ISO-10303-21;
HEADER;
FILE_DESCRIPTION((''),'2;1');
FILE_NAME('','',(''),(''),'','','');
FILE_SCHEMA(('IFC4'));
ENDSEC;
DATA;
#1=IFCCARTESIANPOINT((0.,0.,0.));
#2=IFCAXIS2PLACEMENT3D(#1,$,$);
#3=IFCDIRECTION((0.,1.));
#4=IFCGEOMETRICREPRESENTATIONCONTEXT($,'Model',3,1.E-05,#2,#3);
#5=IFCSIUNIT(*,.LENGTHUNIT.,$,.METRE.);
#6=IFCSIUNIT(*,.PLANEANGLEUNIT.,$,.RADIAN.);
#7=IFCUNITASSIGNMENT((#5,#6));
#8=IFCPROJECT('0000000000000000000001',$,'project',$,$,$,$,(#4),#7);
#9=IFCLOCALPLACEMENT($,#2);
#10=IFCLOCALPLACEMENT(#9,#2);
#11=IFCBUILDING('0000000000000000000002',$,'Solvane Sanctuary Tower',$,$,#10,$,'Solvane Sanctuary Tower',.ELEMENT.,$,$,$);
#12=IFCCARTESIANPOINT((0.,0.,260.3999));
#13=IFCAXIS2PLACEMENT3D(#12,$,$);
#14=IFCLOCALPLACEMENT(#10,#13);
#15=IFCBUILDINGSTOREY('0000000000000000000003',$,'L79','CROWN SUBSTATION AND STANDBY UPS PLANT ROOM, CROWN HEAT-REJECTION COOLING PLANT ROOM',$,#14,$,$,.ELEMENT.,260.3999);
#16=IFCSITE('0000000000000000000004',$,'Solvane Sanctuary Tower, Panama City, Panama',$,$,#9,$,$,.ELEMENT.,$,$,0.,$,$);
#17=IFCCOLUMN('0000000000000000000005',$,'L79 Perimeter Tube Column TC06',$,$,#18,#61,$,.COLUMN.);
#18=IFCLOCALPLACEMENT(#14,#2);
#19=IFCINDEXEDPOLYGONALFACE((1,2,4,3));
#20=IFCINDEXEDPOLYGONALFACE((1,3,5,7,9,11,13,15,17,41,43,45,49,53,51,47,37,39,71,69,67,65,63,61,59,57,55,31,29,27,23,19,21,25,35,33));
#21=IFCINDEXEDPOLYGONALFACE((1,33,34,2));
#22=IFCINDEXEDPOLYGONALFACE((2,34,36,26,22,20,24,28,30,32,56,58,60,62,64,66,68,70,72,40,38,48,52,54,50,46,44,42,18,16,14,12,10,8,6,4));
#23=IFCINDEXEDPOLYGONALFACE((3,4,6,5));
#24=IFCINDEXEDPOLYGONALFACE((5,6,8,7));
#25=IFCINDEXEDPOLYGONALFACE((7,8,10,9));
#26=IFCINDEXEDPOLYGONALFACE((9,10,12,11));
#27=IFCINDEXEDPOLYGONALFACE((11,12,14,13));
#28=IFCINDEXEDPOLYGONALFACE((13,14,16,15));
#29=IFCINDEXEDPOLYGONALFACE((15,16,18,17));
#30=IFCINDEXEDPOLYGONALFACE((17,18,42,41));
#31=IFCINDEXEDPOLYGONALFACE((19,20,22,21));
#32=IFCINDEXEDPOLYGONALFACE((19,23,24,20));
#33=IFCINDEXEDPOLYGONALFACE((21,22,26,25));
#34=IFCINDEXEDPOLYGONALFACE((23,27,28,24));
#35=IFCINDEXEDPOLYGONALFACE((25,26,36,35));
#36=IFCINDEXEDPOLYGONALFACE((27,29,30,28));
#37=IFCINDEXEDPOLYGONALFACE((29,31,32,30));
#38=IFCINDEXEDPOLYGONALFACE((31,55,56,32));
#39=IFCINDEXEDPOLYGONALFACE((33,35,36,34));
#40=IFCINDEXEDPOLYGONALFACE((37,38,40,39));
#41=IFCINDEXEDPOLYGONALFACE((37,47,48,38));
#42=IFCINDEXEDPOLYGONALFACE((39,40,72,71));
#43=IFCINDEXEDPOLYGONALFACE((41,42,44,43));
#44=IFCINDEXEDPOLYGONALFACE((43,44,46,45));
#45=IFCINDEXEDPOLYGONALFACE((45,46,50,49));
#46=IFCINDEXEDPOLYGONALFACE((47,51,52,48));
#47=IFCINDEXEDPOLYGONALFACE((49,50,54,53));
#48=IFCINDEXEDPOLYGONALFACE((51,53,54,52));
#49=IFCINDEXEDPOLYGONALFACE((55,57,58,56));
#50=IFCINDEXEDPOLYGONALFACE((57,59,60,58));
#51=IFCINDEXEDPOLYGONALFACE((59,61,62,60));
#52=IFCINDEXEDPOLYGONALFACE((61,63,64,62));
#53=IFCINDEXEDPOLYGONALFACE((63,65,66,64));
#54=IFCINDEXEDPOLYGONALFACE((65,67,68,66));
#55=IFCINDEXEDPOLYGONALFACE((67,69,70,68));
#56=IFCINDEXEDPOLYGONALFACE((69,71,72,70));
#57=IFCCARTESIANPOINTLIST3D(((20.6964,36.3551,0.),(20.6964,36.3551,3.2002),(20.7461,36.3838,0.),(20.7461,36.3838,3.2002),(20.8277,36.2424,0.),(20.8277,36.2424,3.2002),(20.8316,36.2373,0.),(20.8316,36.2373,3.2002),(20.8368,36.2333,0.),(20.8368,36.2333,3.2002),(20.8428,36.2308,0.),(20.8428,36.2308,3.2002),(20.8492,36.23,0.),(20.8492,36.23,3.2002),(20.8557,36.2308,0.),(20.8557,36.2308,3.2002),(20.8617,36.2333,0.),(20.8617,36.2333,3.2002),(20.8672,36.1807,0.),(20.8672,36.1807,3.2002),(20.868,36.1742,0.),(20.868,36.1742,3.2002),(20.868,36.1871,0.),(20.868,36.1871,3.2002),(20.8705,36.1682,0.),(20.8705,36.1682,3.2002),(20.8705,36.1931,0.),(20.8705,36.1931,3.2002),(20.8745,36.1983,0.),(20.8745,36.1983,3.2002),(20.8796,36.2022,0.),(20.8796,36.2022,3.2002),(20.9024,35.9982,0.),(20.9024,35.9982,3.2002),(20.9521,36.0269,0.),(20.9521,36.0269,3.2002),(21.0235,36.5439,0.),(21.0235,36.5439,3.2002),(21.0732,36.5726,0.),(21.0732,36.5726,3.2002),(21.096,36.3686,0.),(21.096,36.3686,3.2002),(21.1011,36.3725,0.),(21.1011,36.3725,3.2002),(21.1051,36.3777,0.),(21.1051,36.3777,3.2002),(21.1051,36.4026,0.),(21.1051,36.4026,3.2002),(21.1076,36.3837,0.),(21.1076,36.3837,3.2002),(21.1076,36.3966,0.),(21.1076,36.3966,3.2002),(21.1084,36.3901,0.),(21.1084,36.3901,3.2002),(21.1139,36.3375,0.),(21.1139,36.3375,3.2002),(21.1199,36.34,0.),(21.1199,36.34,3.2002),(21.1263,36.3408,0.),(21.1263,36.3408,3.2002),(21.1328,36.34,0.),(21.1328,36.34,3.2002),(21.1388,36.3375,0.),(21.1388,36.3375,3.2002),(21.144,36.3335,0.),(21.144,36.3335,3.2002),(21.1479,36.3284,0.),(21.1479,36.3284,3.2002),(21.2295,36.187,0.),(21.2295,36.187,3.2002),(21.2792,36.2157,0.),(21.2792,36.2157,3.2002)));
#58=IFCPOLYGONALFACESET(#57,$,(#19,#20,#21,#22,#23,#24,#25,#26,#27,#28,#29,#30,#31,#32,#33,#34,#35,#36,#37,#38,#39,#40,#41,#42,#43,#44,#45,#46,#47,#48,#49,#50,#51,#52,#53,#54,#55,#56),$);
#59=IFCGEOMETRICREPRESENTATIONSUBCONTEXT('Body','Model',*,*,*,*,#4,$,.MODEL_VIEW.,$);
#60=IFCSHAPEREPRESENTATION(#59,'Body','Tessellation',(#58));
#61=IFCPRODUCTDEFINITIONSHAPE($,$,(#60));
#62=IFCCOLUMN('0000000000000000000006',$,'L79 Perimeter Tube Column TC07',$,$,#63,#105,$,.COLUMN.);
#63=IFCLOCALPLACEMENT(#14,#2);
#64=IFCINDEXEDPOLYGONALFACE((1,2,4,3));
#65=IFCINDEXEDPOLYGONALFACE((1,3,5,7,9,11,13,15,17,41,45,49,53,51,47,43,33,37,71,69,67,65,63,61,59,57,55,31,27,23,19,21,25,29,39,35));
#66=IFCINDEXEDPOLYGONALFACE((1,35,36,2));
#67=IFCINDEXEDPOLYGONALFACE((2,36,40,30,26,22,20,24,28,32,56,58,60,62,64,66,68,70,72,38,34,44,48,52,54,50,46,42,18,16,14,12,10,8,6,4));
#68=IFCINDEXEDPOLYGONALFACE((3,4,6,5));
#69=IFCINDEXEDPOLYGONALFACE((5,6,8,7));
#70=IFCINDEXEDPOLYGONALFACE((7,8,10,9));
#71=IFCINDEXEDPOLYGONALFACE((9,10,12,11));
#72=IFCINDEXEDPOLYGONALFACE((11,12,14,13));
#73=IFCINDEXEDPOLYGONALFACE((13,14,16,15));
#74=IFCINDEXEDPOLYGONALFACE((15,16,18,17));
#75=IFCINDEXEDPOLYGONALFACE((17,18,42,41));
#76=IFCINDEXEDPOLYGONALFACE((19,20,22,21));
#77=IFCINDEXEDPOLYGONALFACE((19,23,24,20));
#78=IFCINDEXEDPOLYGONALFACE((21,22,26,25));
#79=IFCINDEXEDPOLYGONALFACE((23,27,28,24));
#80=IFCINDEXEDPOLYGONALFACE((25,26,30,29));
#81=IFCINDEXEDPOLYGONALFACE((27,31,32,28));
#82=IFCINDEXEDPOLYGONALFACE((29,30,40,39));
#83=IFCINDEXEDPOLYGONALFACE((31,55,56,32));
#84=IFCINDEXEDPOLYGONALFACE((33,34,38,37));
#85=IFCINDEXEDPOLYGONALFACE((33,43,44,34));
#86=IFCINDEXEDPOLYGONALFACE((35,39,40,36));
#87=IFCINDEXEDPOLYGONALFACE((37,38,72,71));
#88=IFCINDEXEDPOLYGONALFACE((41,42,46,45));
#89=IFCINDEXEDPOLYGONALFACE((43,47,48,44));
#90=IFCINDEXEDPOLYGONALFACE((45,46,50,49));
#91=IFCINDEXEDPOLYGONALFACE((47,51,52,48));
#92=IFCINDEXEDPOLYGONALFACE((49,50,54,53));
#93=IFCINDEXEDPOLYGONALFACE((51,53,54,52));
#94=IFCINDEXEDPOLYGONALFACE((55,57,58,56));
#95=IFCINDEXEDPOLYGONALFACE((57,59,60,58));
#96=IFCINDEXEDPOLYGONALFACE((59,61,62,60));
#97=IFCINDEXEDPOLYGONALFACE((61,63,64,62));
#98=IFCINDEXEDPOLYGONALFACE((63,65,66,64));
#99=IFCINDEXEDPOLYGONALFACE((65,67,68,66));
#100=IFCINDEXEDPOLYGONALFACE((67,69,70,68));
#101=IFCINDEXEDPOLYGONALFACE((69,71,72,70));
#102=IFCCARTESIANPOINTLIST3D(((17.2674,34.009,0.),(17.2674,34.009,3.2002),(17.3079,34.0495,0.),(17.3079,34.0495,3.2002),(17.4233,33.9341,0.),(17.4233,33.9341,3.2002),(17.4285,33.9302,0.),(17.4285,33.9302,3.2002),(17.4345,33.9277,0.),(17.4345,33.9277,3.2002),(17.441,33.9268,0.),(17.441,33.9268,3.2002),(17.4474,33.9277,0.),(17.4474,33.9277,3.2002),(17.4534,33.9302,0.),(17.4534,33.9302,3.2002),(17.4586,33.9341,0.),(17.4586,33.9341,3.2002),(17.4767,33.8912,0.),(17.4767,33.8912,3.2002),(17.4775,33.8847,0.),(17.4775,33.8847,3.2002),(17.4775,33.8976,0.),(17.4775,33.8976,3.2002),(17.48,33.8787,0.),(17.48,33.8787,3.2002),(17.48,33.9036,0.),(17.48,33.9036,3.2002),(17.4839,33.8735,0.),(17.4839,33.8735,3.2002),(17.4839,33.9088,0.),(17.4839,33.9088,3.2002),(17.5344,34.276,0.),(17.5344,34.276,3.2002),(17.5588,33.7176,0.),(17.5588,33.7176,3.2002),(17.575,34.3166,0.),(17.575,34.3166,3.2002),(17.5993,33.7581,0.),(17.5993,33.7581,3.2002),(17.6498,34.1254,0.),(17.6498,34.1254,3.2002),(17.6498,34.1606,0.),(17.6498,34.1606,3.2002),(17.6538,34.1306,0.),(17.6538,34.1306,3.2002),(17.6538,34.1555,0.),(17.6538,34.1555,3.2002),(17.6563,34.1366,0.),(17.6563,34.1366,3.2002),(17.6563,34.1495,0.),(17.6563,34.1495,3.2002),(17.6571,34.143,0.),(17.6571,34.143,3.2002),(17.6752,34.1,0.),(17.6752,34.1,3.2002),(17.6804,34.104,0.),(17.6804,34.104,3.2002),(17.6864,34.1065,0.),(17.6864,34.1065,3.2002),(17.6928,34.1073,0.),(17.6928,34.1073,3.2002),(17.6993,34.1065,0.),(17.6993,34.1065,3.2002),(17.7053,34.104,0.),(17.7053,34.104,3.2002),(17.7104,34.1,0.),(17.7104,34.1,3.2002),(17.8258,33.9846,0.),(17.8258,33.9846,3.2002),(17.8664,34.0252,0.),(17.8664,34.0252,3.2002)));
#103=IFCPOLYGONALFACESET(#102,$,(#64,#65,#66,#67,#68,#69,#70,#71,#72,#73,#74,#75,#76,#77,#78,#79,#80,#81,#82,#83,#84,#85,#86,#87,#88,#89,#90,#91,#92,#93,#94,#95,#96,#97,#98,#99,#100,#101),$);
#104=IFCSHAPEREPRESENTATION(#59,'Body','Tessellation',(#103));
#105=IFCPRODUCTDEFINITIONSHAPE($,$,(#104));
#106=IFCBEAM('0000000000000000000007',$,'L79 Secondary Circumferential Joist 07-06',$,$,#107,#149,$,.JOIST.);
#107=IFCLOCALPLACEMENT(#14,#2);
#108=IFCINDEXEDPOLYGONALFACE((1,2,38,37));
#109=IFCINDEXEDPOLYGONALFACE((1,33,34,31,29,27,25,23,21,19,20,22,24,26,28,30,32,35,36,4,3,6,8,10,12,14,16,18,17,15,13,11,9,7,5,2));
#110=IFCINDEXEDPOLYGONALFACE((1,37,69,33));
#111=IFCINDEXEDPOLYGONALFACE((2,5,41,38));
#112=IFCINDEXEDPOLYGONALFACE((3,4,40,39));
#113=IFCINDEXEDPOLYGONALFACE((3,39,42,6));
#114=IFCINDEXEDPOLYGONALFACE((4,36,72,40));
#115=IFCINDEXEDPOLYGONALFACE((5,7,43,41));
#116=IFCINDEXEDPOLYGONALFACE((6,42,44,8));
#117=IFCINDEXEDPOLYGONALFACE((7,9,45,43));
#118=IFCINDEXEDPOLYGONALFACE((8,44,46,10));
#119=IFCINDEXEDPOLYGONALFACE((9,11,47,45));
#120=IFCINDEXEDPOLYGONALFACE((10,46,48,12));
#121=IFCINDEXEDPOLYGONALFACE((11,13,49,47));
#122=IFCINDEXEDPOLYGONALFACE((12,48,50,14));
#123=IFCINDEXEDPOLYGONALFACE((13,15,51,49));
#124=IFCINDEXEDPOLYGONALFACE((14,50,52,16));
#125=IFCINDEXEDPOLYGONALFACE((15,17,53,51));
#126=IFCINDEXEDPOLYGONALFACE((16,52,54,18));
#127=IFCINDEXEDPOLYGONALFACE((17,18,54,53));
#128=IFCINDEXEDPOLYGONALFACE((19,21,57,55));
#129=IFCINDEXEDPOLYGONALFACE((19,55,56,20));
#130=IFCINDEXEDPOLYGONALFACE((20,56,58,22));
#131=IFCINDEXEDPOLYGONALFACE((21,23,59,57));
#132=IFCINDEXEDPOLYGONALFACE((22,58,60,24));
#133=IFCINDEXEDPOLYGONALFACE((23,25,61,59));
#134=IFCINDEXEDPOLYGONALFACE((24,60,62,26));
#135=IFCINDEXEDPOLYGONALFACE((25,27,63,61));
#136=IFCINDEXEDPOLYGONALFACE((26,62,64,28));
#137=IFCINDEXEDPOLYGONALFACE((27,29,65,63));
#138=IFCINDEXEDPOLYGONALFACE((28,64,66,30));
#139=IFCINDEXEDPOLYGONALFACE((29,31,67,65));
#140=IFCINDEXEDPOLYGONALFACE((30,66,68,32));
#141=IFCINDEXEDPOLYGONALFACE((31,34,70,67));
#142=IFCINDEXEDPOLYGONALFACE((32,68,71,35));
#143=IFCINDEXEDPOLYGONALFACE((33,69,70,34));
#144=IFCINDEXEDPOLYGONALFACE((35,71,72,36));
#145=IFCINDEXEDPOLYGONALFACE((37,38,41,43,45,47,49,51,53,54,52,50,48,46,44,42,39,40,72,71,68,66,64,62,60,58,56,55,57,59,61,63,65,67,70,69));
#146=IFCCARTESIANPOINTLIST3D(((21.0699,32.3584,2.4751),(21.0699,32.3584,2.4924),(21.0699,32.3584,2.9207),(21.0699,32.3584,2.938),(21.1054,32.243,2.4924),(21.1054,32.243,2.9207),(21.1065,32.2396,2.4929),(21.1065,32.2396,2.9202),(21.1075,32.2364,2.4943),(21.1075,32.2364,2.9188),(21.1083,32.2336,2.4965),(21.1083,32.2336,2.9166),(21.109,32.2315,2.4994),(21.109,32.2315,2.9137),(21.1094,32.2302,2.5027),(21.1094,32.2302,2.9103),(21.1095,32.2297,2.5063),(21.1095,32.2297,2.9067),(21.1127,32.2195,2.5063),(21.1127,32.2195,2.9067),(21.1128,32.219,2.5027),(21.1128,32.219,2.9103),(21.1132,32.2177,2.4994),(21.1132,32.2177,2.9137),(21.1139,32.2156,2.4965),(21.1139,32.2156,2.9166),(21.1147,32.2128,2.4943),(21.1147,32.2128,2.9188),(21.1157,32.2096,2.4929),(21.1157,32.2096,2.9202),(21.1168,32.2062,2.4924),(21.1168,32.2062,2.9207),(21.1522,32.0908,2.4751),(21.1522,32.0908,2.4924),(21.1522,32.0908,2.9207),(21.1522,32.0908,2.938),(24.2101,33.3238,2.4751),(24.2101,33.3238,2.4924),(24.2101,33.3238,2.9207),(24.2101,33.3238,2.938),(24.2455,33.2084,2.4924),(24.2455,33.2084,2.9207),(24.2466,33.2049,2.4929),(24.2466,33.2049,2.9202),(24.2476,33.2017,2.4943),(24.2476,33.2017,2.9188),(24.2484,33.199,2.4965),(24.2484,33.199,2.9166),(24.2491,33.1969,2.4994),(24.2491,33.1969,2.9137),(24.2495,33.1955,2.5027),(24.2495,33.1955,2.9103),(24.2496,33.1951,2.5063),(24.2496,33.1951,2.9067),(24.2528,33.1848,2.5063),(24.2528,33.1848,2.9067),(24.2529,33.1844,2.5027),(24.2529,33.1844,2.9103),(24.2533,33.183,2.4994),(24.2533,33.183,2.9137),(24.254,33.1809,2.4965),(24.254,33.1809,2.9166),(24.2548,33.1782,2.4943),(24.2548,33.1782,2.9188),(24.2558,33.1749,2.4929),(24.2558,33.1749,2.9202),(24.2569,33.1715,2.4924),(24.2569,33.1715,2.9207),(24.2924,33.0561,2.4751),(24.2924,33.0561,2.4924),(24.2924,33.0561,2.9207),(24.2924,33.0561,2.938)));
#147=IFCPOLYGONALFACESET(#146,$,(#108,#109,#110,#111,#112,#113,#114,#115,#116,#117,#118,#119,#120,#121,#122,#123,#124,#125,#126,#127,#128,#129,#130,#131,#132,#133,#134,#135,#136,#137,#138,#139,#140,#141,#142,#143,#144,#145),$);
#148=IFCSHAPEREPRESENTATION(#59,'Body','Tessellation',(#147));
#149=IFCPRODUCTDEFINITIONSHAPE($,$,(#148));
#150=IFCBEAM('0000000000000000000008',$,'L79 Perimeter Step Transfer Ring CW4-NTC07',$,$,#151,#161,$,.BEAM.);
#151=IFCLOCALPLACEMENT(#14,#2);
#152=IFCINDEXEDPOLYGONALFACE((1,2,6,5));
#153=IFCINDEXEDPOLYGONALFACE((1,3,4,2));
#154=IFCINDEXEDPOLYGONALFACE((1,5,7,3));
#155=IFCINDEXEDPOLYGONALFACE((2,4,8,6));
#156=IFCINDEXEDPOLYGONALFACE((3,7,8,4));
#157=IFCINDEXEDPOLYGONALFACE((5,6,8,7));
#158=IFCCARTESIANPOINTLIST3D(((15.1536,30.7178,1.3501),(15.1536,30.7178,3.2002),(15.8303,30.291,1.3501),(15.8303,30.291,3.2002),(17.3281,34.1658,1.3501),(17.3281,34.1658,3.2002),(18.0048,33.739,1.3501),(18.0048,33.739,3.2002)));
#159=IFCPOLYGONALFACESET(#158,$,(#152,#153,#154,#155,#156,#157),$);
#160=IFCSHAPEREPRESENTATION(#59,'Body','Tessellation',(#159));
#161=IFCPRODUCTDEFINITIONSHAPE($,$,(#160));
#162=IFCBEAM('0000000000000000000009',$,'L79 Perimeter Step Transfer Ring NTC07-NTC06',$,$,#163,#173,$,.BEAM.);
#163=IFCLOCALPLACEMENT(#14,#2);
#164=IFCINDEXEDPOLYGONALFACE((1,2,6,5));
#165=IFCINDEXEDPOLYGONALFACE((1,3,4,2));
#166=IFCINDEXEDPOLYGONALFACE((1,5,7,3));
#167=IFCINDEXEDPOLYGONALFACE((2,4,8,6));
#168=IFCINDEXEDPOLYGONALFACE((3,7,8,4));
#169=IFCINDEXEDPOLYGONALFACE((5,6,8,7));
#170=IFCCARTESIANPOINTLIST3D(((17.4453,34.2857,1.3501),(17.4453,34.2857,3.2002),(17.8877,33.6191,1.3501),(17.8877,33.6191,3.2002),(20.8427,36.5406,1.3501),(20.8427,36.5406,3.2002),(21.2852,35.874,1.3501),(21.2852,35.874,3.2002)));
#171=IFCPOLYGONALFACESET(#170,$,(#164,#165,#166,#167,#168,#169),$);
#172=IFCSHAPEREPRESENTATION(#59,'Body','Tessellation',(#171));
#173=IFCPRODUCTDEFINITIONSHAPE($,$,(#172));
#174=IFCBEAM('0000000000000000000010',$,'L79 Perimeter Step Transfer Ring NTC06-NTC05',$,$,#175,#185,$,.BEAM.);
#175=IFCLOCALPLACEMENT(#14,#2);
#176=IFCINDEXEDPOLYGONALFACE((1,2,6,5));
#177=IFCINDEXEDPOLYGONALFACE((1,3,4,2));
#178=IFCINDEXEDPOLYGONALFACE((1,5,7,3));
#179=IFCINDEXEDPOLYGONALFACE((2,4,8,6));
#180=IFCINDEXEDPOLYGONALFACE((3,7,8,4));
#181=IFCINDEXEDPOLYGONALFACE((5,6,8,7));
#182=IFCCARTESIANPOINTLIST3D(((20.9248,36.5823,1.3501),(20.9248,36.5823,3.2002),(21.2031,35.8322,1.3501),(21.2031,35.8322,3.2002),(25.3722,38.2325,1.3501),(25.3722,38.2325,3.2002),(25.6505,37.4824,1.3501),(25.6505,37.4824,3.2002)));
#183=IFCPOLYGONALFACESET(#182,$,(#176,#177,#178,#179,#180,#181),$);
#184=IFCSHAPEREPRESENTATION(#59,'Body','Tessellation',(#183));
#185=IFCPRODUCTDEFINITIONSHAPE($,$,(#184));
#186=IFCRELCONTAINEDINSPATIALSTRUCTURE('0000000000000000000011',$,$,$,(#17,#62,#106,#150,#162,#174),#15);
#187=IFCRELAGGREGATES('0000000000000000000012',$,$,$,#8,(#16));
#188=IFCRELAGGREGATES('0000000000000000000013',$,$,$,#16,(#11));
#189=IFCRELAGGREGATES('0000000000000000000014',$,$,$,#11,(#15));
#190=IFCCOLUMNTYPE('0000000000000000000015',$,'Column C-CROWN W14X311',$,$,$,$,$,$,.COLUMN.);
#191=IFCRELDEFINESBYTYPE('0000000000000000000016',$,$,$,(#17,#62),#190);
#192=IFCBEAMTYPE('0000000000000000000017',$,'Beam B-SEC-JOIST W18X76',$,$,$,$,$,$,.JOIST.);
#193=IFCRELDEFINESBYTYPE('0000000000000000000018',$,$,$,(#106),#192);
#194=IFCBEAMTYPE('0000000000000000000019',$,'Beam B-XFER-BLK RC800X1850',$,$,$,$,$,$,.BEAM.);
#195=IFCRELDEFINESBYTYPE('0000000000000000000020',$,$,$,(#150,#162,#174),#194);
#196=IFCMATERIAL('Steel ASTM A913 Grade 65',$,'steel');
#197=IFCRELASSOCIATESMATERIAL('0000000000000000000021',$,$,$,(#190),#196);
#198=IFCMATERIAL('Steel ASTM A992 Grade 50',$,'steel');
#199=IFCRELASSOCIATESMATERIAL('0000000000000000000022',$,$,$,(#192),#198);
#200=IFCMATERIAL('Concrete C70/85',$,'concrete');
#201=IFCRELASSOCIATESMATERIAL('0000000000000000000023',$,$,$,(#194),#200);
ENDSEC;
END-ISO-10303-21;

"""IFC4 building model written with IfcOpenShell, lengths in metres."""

from ifc_helpers import new_model, si_unit, direction, frame, origin, origin_2d, place, context, subcontext, project, spatial, rectangle, i_section, extrude, material, material_profile, profile_set, type_object, element, save


model = new_model("IFC4")

# Units and contexts
model_context = context("Model", 3, precision=1e-05, world=origin(), true_north=direction((0.0, 1.0)))
body_context = subcontext(model_context, "Body", "Model", "MODEL_VIEW")
ifc_project = project(units=[si_unit("LENGTHUNIT", "METRE"), si_unit("PLANEANGLEUNIT", "RADIAN")], contexts=[model_context])

# Site, building, storey
site_placement = place(None, origin())
site = spatial("IfcSite", under=ifc_project, at=site_placement, Name="Solvane Sanctuary Tower, Panama City, Panama", CompositionType="ELEMENT", RefElevation=0.0)
building_placement = place(site_placement, origin())
building = spatial("IfcBuilding", under=site, at=building_placement, Name="Solvane Sanctuary Tower", LongName="Solvane Sanctuary Tower", CompositionType="ELEMENT")
storey_placement = place(building_placement, frame((0.0, 0.0, 260.3999)))
storey = spatial("IfcBuildingStorey", under=building, at=storey_placement, Name="L79", Description="CROWN SUBSTATION AND STANDBY UPS PLANT ROOM, CROWN HEAT-REJECTION COOLING PLANT ROOM", CompositionType="ELEMENT", Elevation=260.3999)

# Columns
ifc_material_1 = material(Name="Steel ASTM A913 Grade 65", Category="steel")
ifc_material_profile_1 = material_profile(ifc_material_1, i_section(OverallWidth=0.4121, OverallDepth=0.4351, WebThickness=0.0359, FlangeThickness=0.0574, FilletRadius=0.0249, at=origin_2d()), Name="W14X311")
ifc_profile_set_1 = profile_set([ifc_material_profile_1], Name="Steel ASTM A913 Grade 65")
column_type = type_object("IfcColumnType", Name="Column C-CROWN W14X311", PredefinedType="COLUMN", material=ifc_profile_set_1)
for number, where, z_axis, x_axis, name in (
    (1, (20.9878, 36.2854, 0.0), (0.0, 0.0, 1.0), (-0.5, 0.866025, 0.0), "L79 Perimeter Tube Column TC06"),
    (2, (17.5669, 34.0171, 0.0), (0.0, 0.0, 1.0), (-0.707107, 0.707107, 0.0), "L79 Perimeter Tube Column TC07"),
):
    element("IfcColumn", number, at=place(storey_placement, frame(where, z_axis=z_axis, x_axis=x_axis)), inside=storey, type_object=column_type, Name=name, PredefinedType="COLUMN", context=body_context, shape_type="SweptSolid", body=[
        extrude(i_section(OverallWidth=0.4121, OverallDepth=0.4351, WebThickness=0.0359, FlangeThickness=0.0574, FilletRadius=0.0249, at=origin_2d()), origin(), (0.0, 0.0, 1.0), 3.2002),
    ])

# Beams
ifc_material_2 = material(Name="Steel ASTM A992 Grade 50", Category="steel")
ifc_material_profile_2 = material_profile(ifc_material_2, i_section(OverallWidth=0.28, OverallDepth=0.4629, WebThickness=0.0107, FlangeThickness=0.0173, FilletRadius=0.0139, at=origin_2d()), Name="W18X76")
ifc_profile_set_2 = profile_set([ifc_material_profile_2], Name="Steel ASTM A992 Grade 50")
beam_type_1 = type_object("IfcBeamType", Name="Beam B-SEC-JOIST W18X76", PredefinedType="JOIST", material=ifc_profile_set_2)
beam_1_placement = place(storey_placement, frame((21.1111, 32.2246, 2.7065), z_axis=(0.955853, 0.293846, 0.0), x_axis=(-0.293846, 0.955853, 0.0)))
element("IfcBeam", 3, at=beam_1_placement, inside=storey, type_object=beam_type_1, Name="L79 Secondary Circumferential Joist 07-06", PredefinedType="JOIST", context=body_context, shape_type="SweptSolid", body=[
    extrude(i_section(OverallWidth=0.28, OverallDepth=0.4629, WebThickness=0.0107, FlangeThickness=0.0173, FilletRadius=0.0139, at=origin_2d()), origin(), (0.0, 0.0, 1.0), 3.2852),
])
ifc_material_3 = material(Name="Concrete C70/85", Category="concrete")
ifc_material_profile_3 = material_profile(ifc_material_3, rectangle(XDim=0.8, YDim=1.8501, at=origin_2d()), Name="RC800X1850")
ifc_profile_set_3 = profile_set([ifc_material_profile_3], Name="Concrete C70/85")
beam_type_2 = type_object("IfcBeamType", Name="Beam B-XFER-BLK RC800X1850", PredefinedType="BEAM", material=ifc_profile_set_3)
beam_2_placement = place(storey_placement, frame((15.4919, 30.5044, 2.2751), z_axis=(0.533445, 0.845835, 0.0), x_axis=(-0.845835, 0.533445, 0.0)))
element("IfcBeam", 4, at=beam_2_placement, inside=storey, type_object=beam_type_2, Name="L79 Perimeter Step Transfer Ring CW4-NTC07", PredefinedType="BEAM", context=body_context, shape_type="SweptSolid", body=[
    extrude(rectangle(XDim=0.8, YDim=1.8501, at=origin_2d()), origin(), (0.0, 0.0, 1.0), 4.0764),
])
beam_3_placement = place(storey_placement, frame((17.6665, 33.9524, 2.2751), z_axis=(0.833191, 0.552986, 0.0), x_axis=(-0.552986, 0.833191, 0.0)))
element("IfcBeam", 5, at=beam_3_placement, inside=storey, type_object=beam_type_2, Name="L79 Perimeter Step Transfer Ring NTC07-NTC06", PredefinedType="BEAM", context=body_context, shape_type="SweptSolid", body=[
    extrude(rectangle(XDim=0.8, YDim=1.8501, at=origin_2d()), origin(), (0.0, 0.0, 1.0), 4.0776),
])
beam_4_placement = place(storey_placement, frame((21.064, 36.2073, 2.2751), z_axis=(0.937542, 0.347872, 0.0), x_axis=(-0.347872, 0.937542, 0.0)))
element("IfcBeam", 6, at=beam_4_placement, inside=storey, type_object=beam_type_2, Name="L79 Perimeter Step Transfer Ring NTC06-NTC05", PredefinedType="BEAM", context=body_context, shape_type="SweptSolid", body=[
    extrude(rectangle(XDim=0.8, YDim=1.8501, at=origin_2d()), origin(), (0.0, 0.0, 1.0), 4.7437),
])

save(model, "model.ifc")
